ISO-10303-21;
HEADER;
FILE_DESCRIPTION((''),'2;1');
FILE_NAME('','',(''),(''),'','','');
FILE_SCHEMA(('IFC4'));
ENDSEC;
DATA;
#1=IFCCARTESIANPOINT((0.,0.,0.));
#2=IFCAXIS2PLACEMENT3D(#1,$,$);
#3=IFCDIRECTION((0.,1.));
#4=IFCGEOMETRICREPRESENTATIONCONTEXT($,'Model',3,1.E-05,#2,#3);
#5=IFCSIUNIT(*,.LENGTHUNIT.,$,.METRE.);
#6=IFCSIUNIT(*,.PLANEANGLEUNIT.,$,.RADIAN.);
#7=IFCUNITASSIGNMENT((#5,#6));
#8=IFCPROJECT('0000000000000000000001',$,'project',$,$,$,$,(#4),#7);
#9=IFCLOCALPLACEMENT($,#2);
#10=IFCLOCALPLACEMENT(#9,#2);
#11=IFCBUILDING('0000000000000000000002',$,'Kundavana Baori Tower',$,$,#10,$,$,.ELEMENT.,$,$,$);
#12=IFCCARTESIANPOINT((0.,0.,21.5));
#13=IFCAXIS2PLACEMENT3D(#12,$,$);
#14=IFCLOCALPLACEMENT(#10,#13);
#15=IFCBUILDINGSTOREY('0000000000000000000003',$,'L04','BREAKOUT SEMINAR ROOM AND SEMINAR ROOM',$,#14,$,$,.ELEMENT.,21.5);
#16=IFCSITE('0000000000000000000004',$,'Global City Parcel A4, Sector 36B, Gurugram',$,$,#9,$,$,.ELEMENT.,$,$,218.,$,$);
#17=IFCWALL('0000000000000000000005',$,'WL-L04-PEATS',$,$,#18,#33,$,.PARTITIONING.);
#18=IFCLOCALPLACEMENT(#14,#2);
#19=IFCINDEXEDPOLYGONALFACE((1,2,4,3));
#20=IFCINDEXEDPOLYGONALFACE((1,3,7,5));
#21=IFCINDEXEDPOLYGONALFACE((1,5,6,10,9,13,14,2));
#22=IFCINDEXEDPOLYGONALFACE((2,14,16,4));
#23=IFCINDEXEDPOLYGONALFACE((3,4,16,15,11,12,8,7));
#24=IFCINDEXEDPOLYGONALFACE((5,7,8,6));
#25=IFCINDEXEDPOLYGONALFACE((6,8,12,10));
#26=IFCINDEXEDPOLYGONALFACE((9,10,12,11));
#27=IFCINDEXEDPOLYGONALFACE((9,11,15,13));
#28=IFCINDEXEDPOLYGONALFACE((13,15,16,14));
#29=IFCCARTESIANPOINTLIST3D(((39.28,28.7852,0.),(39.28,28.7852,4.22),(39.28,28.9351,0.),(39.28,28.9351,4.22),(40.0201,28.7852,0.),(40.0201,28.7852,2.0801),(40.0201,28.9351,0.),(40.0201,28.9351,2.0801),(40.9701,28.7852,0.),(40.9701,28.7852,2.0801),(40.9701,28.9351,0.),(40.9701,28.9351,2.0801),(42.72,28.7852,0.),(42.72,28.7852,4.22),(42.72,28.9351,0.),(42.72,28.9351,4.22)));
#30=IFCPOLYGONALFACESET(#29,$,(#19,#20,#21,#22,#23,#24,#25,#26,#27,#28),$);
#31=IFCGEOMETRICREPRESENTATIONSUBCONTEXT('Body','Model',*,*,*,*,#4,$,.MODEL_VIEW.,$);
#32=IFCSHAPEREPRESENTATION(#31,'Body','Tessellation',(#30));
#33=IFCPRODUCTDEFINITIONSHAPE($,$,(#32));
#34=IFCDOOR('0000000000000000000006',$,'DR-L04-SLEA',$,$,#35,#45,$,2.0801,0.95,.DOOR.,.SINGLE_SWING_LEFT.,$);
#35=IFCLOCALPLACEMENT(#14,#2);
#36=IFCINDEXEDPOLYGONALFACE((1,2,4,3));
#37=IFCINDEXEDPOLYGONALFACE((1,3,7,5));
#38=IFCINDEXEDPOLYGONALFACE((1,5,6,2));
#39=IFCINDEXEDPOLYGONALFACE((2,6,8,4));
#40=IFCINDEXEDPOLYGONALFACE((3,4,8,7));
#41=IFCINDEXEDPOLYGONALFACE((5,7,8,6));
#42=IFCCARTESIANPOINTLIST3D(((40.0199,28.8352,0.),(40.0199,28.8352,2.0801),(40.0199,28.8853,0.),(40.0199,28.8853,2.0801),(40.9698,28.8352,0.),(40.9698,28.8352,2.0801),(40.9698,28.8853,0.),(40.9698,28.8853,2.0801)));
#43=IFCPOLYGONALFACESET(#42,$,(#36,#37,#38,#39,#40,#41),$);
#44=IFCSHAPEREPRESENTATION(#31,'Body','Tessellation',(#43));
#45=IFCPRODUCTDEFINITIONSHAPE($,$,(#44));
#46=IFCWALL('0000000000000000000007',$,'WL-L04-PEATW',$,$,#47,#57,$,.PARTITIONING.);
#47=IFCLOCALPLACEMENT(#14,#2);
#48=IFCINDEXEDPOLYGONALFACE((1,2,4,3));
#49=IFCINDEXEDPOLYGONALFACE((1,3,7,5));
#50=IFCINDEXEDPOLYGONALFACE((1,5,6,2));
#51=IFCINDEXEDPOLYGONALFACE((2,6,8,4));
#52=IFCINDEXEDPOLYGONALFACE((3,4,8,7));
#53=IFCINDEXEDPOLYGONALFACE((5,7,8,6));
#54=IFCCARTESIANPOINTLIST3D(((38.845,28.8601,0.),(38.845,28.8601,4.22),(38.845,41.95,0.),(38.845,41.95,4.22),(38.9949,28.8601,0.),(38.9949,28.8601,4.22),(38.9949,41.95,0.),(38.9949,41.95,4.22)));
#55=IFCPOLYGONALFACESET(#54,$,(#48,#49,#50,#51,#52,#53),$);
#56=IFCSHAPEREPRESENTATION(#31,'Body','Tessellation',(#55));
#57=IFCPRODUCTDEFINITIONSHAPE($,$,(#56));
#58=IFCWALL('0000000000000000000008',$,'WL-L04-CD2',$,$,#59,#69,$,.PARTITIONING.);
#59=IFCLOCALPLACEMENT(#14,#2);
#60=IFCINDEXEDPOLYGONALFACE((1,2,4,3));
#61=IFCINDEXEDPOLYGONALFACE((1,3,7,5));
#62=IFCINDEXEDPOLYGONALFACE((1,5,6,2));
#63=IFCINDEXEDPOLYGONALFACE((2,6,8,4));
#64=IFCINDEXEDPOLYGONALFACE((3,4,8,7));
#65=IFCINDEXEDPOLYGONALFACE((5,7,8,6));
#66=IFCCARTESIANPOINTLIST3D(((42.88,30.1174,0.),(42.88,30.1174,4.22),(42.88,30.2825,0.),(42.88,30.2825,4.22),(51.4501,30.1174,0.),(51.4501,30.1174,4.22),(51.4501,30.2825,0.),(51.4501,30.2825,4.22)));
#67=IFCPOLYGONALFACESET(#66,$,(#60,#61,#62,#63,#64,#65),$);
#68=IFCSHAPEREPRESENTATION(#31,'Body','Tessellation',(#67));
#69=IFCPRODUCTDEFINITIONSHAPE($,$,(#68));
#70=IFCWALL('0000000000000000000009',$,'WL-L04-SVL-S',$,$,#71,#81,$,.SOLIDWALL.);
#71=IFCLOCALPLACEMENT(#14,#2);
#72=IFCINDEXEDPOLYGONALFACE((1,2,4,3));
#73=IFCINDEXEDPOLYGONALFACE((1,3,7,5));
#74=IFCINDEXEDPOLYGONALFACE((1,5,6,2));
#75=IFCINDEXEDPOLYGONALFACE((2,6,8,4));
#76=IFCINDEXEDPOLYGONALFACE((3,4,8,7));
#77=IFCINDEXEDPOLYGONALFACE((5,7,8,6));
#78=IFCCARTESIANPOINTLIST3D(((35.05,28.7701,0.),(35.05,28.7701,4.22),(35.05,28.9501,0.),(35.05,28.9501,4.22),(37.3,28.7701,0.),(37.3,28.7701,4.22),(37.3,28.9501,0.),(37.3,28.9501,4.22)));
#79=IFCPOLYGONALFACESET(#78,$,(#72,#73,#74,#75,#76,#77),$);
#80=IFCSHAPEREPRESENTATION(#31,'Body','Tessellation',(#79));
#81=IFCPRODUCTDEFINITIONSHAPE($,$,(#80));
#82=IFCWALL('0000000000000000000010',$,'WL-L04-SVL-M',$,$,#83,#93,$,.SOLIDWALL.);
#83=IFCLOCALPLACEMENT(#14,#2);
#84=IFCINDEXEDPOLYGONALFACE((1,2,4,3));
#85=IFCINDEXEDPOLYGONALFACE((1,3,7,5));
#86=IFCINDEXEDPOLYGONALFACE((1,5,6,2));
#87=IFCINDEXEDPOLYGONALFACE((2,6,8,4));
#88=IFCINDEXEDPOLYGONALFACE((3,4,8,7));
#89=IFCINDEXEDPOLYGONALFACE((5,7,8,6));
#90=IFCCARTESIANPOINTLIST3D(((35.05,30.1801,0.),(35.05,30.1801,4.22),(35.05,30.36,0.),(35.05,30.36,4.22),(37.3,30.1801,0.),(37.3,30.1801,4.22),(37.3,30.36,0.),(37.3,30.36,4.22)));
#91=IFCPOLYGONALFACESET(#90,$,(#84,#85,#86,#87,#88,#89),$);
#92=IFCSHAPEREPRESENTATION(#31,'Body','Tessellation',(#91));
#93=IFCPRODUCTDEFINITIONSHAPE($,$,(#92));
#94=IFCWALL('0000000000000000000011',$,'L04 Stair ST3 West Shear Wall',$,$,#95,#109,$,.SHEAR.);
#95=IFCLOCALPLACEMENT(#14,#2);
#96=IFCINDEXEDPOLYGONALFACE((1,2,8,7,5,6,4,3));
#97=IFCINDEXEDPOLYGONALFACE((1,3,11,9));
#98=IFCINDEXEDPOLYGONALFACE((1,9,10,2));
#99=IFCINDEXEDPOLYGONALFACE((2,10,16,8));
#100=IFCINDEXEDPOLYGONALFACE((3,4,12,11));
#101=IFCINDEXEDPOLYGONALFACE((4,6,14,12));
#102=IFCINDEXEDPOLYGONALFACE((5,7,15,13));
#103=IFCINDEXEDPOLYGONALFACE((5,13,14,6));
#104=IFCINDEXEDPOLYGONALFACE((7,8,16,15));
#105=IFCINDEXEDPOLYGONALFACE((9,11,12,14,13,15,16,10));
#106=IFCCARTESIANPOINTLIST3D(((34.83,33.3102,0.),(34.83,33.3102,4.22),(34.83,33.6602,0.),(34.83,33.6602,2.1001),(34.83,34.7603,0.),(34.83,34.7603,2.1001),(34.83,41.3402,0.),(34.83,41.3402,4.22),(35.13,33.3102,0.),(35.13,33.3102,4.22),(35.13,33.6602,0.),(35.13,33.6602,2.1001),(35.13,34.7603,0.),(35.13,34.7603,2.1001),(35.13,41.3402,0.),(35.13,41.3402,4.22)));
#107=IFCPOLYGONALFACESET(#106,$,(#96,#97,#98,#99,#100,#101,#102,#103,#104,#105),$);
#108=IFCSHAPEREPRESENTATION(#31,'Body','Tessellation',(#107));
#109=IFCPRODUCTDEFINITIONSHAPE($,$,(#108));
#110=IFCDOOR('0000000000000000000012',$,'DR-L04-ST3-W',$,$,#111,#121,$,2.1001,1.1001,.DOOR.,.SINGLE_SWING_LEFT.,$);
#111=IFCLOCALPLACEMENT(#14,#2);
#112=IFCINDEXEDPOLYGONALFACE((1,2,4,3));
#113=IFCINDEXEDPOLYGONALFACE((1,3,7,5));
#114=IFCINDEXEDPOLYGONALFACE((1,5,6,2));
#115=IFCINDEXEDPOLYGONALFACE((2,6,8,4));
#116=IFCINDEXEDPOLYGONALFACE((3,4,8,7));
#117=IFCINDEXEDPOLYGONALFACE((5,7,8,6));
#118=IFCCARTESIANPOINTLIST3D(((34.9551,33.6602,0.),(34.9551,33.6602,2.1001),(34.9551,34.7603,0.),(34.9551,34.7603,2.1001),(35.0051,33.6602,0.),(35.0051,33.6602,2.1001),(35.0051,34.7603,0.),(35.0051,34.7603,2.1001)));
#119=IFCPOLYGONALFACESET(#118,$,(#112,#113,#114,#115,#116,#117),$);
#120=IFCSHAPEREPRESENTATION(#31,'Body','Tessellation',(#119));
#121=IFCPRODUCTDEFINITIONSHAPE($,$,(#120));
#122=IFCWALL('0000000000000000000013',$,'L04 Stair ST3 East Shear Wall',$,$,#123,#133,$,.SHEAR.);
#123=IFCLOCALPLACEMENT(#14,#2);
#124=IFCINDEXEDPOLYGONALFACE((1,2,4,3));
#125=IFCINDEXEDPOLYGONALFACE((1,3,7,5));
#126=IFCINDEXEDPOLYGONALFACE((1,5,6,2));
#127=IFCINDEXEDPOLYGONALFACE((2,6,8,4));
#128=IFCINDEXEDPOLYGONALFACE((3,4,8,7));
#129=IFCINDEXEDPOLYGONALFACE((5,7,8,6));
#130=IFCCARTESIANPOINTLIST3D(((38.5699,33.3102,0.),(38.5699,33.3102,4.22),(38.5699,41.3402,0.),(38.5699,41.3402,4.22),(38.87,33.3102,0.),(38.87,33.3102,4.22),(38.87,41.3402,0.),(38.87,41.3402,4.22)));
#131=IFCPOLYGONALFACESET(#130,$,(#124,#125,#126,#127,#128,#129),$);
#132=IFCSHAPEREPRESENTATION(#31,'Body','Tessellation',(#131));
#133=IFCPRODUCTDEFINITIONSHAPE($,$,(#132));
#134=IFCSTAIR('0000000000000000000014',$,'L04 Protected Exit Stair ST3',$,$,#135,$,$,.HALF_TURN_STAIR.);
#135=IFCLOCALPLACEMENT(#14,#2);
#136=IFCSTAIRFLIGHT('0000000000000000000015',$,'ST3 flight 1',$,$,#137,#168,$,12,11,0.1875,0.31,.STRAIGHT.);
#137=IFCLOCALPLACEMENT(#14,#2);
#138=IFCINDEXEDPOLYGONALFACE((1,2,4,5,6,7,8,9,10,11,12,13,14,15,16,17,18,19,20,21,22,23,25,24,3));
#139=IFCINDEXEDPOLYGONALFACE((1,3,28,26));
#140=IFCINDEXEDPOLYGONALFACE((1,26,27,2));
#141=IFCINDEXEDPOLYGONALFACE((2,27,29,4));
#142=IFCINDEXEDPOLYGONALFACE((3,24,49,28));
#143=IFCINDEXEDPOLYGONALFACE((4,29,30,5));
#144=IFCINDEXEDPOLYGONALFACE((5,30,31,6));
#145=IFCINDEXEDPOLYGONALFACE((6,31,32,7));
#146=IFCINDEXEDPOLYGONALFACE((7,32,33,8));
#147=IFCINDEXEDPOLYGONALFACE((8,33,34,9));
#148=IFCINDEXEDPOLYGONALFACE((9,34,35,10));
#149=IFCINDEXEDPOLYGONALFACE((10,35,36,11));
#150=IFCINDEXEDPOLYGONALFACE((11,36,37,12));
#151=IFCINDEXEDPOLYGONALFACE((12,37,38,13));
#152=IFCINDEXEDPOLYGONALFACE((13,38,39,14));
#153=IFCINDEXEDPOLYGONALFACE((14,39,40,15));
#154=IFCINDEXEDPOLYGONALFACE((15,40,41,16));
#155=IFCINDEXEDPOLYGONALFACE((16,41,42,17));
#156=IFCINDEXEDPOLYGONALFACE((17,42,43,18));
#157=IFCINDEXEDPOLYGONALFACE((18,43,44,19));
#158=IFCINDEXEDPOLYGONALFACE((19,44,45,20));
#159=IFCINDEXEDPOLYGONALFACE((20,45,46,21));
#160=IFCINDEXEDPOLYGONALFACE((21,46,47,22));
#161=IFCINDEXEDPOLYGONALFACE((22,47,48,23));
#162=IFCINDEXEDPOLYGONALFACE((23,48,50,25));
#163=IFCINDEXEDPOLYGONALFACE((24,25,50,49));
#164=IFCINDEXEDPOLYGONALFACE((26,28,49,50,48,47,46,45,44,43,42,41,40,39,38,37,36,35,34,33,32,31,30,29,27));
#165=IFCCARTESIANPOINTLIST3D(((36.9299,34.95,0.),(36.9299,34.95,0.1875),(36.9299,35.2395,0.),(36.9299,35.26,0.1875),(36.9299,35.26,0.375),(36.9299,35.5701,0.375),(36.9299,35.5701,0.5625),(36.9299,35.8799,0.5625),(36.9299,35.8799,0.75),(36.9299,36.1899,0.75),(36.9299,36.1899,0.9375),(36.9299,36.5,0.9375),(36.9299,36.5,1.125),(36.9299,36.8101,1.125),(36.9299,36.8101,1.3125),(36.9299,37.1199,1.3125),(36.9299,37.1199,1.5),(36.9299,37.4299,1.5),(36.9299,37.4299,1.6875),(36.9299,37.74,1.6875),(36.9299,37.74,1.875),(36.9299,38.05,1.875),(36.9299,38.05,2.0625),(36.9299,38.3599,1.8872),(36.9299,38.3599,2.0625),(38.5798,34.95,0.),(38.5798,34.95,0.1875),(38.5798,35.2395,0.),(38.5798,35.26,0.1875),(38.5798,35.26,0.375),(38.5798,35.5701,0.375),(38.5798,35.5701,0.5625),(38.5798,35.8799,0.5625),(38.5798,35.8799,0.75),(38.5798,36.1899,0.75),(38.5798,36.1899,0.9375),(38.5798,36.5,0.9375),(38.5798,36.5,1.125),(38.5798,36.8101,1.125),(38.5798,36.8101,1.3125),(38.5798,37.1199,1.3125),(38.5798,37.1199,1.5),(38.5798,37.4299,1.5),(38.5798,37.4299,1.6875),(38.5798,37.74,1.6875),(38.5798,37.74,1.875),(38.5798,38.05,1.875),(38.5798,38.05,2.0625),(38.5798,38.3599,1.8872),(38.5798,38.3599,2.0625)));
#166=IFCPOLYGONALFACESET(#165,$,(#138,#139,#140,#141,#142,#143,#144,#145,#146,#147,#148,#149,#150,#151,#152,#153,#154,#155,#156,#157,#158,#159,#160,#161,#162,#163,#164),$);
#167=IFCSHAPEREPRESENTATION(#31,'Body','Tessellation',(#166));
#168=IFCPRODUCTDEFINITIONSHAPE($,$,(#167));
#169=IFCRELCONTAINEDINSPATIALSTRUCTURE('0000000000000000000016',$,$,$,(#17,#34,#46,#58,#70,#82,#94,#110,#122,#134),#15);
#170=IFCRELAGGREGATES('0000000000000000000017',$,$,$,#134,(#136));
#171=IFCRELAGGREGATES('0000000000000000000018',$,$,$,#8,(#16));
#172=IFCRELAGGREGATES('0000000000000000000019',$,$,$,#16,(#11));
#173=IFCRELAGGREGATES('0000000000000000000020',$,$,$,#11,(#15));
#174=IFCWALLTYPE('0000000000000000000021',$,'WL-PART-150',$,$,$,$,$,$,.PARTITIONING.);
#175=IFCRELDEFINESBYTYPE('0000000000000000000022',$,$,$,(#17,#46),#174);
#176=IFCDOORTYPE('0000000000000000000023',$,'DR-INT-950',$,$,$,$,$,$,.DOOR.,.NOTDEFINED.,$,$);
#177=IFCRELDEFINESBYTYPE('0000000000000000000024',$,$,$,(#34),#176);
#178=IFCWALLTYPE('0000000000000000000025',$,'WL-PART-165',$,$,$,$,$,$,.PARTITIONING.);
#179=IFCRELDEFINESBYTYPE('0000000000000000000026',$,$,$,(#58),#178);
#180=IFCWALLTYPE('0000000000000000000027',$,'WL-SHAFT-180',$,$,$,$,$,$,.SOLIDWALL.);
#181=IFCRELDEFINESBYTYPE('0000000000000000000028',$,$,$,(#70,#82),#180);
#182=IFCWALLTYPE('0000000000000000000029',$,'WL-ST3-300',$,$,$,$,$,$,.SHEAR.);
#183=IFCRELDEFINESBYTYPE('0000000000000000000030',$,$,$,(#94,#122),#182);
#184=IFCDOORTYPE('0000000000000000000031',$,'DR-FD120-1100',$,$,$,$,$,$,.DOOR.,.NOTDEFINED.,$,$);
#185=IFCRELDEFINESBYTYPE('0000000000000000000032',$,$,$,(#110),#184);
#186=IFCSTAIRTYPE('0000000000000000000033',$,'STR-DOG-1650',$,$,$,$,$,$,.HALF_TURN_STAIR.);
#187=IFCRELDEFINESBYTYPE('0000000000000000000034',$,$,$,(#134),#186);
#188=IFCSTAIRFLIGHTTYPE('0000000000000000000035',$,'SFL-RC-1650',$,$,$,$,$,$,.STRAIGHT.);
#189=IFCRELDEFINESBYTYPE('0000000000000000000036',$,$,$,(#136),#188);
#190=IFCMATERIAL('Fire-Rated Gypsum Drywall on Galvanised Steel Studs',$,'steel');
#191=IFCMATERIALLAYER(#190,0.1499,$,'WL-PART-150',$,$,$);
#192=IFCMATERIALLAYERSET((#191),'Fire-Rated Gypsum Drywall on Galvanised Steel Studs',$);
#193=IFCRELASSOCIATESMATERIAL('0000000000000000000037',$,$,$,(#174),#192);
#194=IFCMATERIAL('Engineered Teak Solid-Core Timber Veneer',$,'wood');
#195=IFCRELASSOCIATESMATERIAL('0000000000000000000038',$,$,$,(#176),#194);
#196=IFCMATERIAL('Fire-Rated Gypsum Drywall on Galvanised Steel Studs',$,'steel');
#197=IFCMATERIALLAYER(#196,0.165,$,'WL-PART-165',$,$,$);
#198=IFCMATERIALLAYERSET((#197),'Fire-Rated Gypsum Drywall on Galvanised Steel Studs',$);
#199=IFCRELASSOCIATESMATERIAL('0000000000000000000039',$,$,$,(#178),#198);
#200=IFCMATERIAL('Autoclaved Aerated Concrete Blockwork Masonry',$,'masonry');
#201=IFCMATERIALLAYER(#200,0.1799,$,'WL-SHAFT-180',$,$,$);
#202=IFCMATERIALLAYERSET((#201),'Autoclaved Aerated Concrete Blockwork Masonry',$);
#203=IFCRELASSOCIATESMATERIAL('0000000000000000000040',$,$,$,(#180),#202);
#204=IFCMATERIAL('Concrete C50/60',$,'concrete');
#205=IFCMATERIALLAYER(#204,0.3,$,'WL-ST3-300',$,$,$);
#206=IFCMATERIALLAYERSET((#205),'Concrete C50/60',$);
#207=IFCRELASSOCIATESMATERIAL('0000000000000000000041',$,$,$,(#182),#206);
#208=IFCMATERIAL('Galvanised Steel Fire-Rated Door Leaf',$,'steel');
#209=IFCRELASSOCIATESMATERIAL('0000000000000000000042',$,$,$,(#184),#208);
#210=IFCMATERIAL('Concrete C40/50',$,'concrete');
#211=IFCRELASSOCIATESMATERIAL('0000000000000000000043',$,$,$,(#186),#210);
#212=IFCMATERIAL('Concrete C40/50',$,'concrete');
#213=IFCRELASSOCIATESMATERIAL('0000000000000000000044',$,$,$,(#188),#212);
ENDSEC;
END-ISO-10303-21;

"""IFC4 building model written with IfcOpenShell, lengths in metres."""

from ifc_helpers import new_model, si_unit, direction, frame, frame_2d, origin, place, context, subcontext, project, spatial, polyline, rectangle, outline, extrude, material, layer, layer_set, type_object, element, fill, aggregate, save


model = new_model("IFC4")

# Units and contexts
model_context = context("Model", 3, precision=1e-05, world=origin(), true_north=direction((0.0, 1.0)))
body_context = subcontext(model_context, "Body", "Model", "MODEL_VIEW")
ifc_project = project(units=[si_unit("LENGTHUNIT", "METRE"), si_unit("PLANEANGLEUNIT", "RADIAN")], contexts=[model_context])

# Site, building, storey
site_placement = place(None, origin())
site = spatial("IfcSite", under=ifc_project, at=site_placement, Name="Global City Parcel A4, Sector 36B, Gurugram", CompositionType="ELEMENT", RefElevation=218.0)
building_placement = place(site_placement, origin())
building = spatial("IfcBuilding", under=site, at=building_placement, Name="Kundavana Baori Tower", CompositionType="ELEMENT")
storey_placement = place(building_placement, frame((0.0, 0.0, 21.5)))
storey = spatial("IfcBuildingStorey", under=building, at=storey_placement, Name="L04", Description="BREAKOUT SEMINAR ROOM AND SEMINAR ROOM", CompositionType="ELEMENT", Elevation=21.5)

# Shared definitions
ifc_material_1 = material(Name="Fire-Rated Gypsum Drywall on Galvanised Steel Studs", Category="steel")
ifc_layer_1 = layer(ifc_material_1, 0.1499, Name="WL-PART-150")
ifc_layer_set_1 = layer_set([ifc_layer_1], Name="Fire-Rated Gypsum Drywall on Galvanised Steel Studs")
wall_type_1 = type_object("IfcWallType", Name="WL-PART-150", PredefinedType="PARTITIONING", material=ifc_layer_set_1)

# Wall, opening, door
wall_1_placement = place(storey_placement, frame((39.28, 28.8601, 0.0), z_axis=(0.0, 0.0, 1.0), x_axis=(1.0, 0.0, 0.0)))
wall_1 = element("IfcWall", 1, at=wall_1_placement, inside=storey, type_object=wall_type_1, Name="WL-L04-PEATS", PredefinedType="PARTITIONING", context=body_context, shape_type="SweptSolid", body=[
    extrude(rectangle(XDim=3.4399, YDim=0.1499, at=frame_2d((1.72, 0.0))), origin(), (0.0, 0.0, 1.0), 4.22),
])
opening_1_placement = place(wall_1_placement, frame((0.74, 0.0, 0.0)))
opening_1 = element("IfcOpeningElement", 2, at=opening_1_placement, cuts=wall_1, PredefinedType="OPENING", context=body_context, shape_type="SweptSolid", body=[
    extrude(rectangle(XDim=0.95, YDim=2.0801, at=frame_2d((0.4751, 1.04))), frame((0.0, 0.085, 0.0), z_axis=(0.0, -1.0, 0.0), x_axis=(1.0, 0.0, 0.0)), (0.0, 0.0, 1.0), 0.1699),
])
ifc_material_2 = material(Name="Engineered Teak Solid-Core Timber Veneer", Category="wood")
door_type_1 = type_object("IfcDoorType", Name="DR-INT-950", OperationType="NOTDEFINED", PredefinedType="DOOR", material=ifc_material_2)
door_1_placement = place(opening_1_placement, frame((0.95, 0.0, 0.0), z_axis=(0.0, 0.0, 1.0), x_axis=(-1.0, 0.0, 0.0)))
door_1 = element("IfcDoor", 3, at=door_1_placement, inside=storey, type_object=door_type_1, Name="DR-L04-SLEA", OperationType="SINGLE_SWING_LEFT", OverallHeight=2.0801, OverallWidth=0.95, PredefinedType="DOOR", context=body_context, shape_type="SweptSolid", body=[
    extrude(rectangle(XDim=0.95, YDim=2.0801, at=frame_2d((0.4751, 1.04))), frame((0.0, 0.0249, 0.0), z_axis=(0.0, -1.0, 0.0), x_axis=(1.0, 0.0, 0.0)), (0.0, 0.0, 1.0), 0.05),
])
fill(opening_1, door_1)

# Walls
wall_2_placement = place(storey_placement, frame((38.9199, 28.8601, 0.0), z_axis=(0.0, 0.0, 1.0), x_axis=(0.0, 1.0, 0.0)))
element("IfcWall", 4, at=wall_2_placement, inside=storey, type_object=wall_type_1, Name="WL-L04-PEATW", PredefinedType="PARTITIONING", context=body_context, shape_type="SweptSolid", body=[
    extrude(rectangle(XDim=13.0898, YDim=0.1499, at=frame_2d((6.5449, 0.0))), origin(), (0.0, 0.0, 1.0), 4.22),
])
ifc_material_3 = material(Name="Fire-Rated Gypsum Drywall on Galvanised Steel Studs", Category="steel")
ifc_layer_2 = layer(ifc_material_3, 0.165, Name="WL-PART-165")
ifc_layer_set_2 = layer_set([ifc_layer_2], Name="Fire-Rated Gypsum Drywall on Galvanised Steel Studs")
wall_type_2 = type_object("IfcWallType", Name="WL-PART-165", PredefinedType="PARTITIONING", material=ifc_layer_set_2)
wall_3_placement = place(storey_placement, frame((42.8799, 30.2, 0.0), z_axis=(0.0, 0.0, 1.0), x_axis=(1.0, 0.0, 0.0)))
element("IfcWall", 5, at=wall_3_placement, inside=storey, type_object=wall_type_2, Name="WL-L04-CD2", PredefinedType="PARTITIONING", context=body_context, shape_type="SweptSolid", body=[
    extrude(rectangle(XDim=8.5701, YDim=0.165, at=frame_2d((4.2852, 0.0))), origin(), (0.0, 0.0, 1.0), 4.22),
])

# Shared definitions
ifc_material_4 = material(Name="Autoclaved Aerated Concrete Blockwork Masonry", Category="masonry")
ifc_layer_3 = layer(ifc_material_4, 0.1799, Name="WL-SHAFT-180")
ifc_layer_set_3 = layer_set([ifc_layer_3], Name="Autoclaved Aerated Concrete Blockwork Masonry")
wall_type_3 = type_object("IfcWallType", Name="WL-SHAFT-180", PredefinedType="SOLIDWALL", material=ifc_layer_set_3)

# Walls
for number, where, z_axis, x_axis, name in (
    (6, (35.05, 28.8601, 0.0), (0.0, 0.0, 1.0), (1.0, 0.0, 0.0), "WL-L04-SVL-S"),
    (7, (35.05, 30.27, 0.0), (0.0, 0.0, 1.0), (1.0, 0.0, 0.0), "WL-L04-SVL-M"),
):
    element("IfcWall", number, at=place(storey_placement, frame(where, z_axis=z_axis, x_axis=x_axis)), inside=storey, type_object=wall_type_3, Name=name, PredefinedType="SOLIDWALL", context=body_context, shape_type="SweptSolid", body=[
        extrude(rectangle(XDim=2.25, YDim=0.1799, at=frame_2d((1.125, 0.0))), origin(), (0.0, 0.0, 1.0), 4.22),
    ])

# Wall, opening, door
ifc_material_5 = material(Name="Concrete C50/60", Category="concrete")
ifc_layer_4 = layer(ifc_material_5, 0.3, Name="WL-ST3-300")
ifc_layer_set_4 = layer_set([ifc_layer_4], Name="Concrete C50/60")
wall_type_4 = type_object("IfcWallType", Name="WL-ST3-300", PredefinedType="SHEAR", material=ifc_layer_set_4)
wall_4_placement = place(storey_placement, frame((34.98, 33.3101, 0.0), z_axis=(0.0, 0.0, 1.0), x_axis=(0.0, 1.0, 0.0)))
wall_4 = element("IfcWall", 8, at=wall_4_placement, inside=storey, type_object=wall_type_4, Name="L04 Stair ST3 West Shear Wall", PredefinedType="SHEAR", context=body_context, shape_type="SweptSolid", body=[
    extrude(rectangle(XDim=8.03, YDim=0.3, at=frame_2d((4.0151, 0.0))), origin(), (0.0, 0.0, 1.0), 4.22),
])
opening_2_placement = place(wall_4_placement, frame((0.3501, 0.0, 0.0)))
opening_2 = element("IfcOpeningElement", 9, at=opening_2_placement, cuts=wall_4, PredefinedType="OPENING", context=body_context, shape_type="SweptSolid", body=[
    extrude(rectangle(XDim=1.1001, YDim=2.1001, at=frame_2d((0.55, 1.05))), frame((0.0, 0.1602, 0.0), z_axis=(0.0, -1.0, 0.0), x_axis=(1.0, 0.0, 0.0)), (0.0, 0.0, 1.0), 0.3201),
])
ifc_material_6 = material(Name="Galvanised Steel Fire-Rated Door Leaf", Category="steel")
door_type_2 = type_object("IfcDoorType", Name="DR-FD120-1100", OperationType="NOTDEFINED", PredefinedType="DOOR", material=ifc_material_6)
door_2_placement = place(opening_2_placement, origin())
door_2 = element("IfcDoor", 10, at=door_2_placement, inside=storey, type_object=door_type_2, Name="DR-L04-ST3-W", OperationType="SINGLE_SWING_LEFT", OverallHeight=2.1001, OverallWidth=1.1001, PredefinedType="DOOR", context=body_context, shape_type="SweptSolid", body=[
    extrude(rectangle(XDim=1.1001, YDim=2.1001, at=frame_2d((0.55, 1.05))), frame((0.0, 0.0249, 0.0), z_axis=(0.0, -1.0, 0.0), x_axis=(1.0, 0.0, 0.0)), (0.0, 0.0, 1.0), 0.05),
])
fill(opening_2, door_2)

# Wall
wall_5_placement = place(storey_placement, frame((38.72, 33.3101, 0.0), z_axis=(0.0, 0.0, 1.0), x_axis=(0.0, 1.0, 0.0)))
element("IfcWall", 11, at=wall_5_placement, inside=storey, type_object=wall_type_4, Name="L04 Stair ST3 East Shear Wall", PredefinedType="SHEAR", context=body_context, shape_type="SweptSolid", body=[
    extrude(rectangle(XDim=8.03, YDim=0.3, at=frame_2d((4.0151, 0.0))), origin(), (0.0, 0.0, 1.0), 4.22),
])

# Stair, stair flight
ifc_material_7 = material(Name="Concrete C40/50", Category="concrete")
stair_type = type_object("IfcStairType", Name="STR-DOG-1650", PredefinedType="HALF_TURN_STAIR", material=ifc_material_7)
stair_placement = place(storey_placement, origin())
stair = element("IfcStair", 12, at=stair_placement, inside=storey, type_object=stair_type, Name="L04 Protected Exit Stair ST3", PredefinedType="HALF_TURN_STAIR")
ifc_material_8 = material(Name="Concrete C40/50", Category="concrete")
stair_flight_type = type_object("IfcStairFlightType", Name="SFL-RC-1650", PredefinedType="STRAIGHT", material=ifc_material_8)
stair_flight_placement = place(storey_placement, frame((37.7549, 34.95, 0.0), z_axis=(0.0, 0.0, 1.0), x_axis=(0.0, 1.0, 0.0)))
stair_flight = element("IfcStairFlight", 13, at=stair_flight_placement, type_object=stair_flight_type, Name="ST3 flight 1", NumberOfRisers=12, NumberOfTreads=11, PredefinedType="STRAIGHT", RiserHeight=0.1875, TreadLength=0.31, context=body_context, shape_type="SweptSolid", body=[
    extrude(outline(polyline([(0.0, 0.0), (0.0, 0.1875), (0.3101, 0.1875), (0.3101, 0.375), (0.6201, 0.375), (0.6201, 0.5625), (0.9299, 0.5625), (0.9299, 0.75), (1.24, 0.75), (1.24, 0.9375), (1.55, 0.9375), (1.55, 1.125), (1.8601, 1.125), (1.8601, 1.3125), (2.1699, 1.3125), (2.1699, 1.5), (2.48, 1.5), (2.48, 1.6875), (2.79, 1.6875), (2.79, 1.875), (3.1001, 1.875), (3.1001, 2.0625), (3.4099, 2.0625), (3.4099, 2.25), (3.4099, 1.8872), (0.2896, 0.0), (0.0, 0.0)])), frame((0.0, 0.825, 0.0), z_axis=(0.0, -1.0, 0.0), x_axis=(1.0, 0.0, 0.0)), (0.0, 0.0, 1.0), 1.6499),
])
aggregate(stair, [stair_flight])

save(model, "model.ifc")
